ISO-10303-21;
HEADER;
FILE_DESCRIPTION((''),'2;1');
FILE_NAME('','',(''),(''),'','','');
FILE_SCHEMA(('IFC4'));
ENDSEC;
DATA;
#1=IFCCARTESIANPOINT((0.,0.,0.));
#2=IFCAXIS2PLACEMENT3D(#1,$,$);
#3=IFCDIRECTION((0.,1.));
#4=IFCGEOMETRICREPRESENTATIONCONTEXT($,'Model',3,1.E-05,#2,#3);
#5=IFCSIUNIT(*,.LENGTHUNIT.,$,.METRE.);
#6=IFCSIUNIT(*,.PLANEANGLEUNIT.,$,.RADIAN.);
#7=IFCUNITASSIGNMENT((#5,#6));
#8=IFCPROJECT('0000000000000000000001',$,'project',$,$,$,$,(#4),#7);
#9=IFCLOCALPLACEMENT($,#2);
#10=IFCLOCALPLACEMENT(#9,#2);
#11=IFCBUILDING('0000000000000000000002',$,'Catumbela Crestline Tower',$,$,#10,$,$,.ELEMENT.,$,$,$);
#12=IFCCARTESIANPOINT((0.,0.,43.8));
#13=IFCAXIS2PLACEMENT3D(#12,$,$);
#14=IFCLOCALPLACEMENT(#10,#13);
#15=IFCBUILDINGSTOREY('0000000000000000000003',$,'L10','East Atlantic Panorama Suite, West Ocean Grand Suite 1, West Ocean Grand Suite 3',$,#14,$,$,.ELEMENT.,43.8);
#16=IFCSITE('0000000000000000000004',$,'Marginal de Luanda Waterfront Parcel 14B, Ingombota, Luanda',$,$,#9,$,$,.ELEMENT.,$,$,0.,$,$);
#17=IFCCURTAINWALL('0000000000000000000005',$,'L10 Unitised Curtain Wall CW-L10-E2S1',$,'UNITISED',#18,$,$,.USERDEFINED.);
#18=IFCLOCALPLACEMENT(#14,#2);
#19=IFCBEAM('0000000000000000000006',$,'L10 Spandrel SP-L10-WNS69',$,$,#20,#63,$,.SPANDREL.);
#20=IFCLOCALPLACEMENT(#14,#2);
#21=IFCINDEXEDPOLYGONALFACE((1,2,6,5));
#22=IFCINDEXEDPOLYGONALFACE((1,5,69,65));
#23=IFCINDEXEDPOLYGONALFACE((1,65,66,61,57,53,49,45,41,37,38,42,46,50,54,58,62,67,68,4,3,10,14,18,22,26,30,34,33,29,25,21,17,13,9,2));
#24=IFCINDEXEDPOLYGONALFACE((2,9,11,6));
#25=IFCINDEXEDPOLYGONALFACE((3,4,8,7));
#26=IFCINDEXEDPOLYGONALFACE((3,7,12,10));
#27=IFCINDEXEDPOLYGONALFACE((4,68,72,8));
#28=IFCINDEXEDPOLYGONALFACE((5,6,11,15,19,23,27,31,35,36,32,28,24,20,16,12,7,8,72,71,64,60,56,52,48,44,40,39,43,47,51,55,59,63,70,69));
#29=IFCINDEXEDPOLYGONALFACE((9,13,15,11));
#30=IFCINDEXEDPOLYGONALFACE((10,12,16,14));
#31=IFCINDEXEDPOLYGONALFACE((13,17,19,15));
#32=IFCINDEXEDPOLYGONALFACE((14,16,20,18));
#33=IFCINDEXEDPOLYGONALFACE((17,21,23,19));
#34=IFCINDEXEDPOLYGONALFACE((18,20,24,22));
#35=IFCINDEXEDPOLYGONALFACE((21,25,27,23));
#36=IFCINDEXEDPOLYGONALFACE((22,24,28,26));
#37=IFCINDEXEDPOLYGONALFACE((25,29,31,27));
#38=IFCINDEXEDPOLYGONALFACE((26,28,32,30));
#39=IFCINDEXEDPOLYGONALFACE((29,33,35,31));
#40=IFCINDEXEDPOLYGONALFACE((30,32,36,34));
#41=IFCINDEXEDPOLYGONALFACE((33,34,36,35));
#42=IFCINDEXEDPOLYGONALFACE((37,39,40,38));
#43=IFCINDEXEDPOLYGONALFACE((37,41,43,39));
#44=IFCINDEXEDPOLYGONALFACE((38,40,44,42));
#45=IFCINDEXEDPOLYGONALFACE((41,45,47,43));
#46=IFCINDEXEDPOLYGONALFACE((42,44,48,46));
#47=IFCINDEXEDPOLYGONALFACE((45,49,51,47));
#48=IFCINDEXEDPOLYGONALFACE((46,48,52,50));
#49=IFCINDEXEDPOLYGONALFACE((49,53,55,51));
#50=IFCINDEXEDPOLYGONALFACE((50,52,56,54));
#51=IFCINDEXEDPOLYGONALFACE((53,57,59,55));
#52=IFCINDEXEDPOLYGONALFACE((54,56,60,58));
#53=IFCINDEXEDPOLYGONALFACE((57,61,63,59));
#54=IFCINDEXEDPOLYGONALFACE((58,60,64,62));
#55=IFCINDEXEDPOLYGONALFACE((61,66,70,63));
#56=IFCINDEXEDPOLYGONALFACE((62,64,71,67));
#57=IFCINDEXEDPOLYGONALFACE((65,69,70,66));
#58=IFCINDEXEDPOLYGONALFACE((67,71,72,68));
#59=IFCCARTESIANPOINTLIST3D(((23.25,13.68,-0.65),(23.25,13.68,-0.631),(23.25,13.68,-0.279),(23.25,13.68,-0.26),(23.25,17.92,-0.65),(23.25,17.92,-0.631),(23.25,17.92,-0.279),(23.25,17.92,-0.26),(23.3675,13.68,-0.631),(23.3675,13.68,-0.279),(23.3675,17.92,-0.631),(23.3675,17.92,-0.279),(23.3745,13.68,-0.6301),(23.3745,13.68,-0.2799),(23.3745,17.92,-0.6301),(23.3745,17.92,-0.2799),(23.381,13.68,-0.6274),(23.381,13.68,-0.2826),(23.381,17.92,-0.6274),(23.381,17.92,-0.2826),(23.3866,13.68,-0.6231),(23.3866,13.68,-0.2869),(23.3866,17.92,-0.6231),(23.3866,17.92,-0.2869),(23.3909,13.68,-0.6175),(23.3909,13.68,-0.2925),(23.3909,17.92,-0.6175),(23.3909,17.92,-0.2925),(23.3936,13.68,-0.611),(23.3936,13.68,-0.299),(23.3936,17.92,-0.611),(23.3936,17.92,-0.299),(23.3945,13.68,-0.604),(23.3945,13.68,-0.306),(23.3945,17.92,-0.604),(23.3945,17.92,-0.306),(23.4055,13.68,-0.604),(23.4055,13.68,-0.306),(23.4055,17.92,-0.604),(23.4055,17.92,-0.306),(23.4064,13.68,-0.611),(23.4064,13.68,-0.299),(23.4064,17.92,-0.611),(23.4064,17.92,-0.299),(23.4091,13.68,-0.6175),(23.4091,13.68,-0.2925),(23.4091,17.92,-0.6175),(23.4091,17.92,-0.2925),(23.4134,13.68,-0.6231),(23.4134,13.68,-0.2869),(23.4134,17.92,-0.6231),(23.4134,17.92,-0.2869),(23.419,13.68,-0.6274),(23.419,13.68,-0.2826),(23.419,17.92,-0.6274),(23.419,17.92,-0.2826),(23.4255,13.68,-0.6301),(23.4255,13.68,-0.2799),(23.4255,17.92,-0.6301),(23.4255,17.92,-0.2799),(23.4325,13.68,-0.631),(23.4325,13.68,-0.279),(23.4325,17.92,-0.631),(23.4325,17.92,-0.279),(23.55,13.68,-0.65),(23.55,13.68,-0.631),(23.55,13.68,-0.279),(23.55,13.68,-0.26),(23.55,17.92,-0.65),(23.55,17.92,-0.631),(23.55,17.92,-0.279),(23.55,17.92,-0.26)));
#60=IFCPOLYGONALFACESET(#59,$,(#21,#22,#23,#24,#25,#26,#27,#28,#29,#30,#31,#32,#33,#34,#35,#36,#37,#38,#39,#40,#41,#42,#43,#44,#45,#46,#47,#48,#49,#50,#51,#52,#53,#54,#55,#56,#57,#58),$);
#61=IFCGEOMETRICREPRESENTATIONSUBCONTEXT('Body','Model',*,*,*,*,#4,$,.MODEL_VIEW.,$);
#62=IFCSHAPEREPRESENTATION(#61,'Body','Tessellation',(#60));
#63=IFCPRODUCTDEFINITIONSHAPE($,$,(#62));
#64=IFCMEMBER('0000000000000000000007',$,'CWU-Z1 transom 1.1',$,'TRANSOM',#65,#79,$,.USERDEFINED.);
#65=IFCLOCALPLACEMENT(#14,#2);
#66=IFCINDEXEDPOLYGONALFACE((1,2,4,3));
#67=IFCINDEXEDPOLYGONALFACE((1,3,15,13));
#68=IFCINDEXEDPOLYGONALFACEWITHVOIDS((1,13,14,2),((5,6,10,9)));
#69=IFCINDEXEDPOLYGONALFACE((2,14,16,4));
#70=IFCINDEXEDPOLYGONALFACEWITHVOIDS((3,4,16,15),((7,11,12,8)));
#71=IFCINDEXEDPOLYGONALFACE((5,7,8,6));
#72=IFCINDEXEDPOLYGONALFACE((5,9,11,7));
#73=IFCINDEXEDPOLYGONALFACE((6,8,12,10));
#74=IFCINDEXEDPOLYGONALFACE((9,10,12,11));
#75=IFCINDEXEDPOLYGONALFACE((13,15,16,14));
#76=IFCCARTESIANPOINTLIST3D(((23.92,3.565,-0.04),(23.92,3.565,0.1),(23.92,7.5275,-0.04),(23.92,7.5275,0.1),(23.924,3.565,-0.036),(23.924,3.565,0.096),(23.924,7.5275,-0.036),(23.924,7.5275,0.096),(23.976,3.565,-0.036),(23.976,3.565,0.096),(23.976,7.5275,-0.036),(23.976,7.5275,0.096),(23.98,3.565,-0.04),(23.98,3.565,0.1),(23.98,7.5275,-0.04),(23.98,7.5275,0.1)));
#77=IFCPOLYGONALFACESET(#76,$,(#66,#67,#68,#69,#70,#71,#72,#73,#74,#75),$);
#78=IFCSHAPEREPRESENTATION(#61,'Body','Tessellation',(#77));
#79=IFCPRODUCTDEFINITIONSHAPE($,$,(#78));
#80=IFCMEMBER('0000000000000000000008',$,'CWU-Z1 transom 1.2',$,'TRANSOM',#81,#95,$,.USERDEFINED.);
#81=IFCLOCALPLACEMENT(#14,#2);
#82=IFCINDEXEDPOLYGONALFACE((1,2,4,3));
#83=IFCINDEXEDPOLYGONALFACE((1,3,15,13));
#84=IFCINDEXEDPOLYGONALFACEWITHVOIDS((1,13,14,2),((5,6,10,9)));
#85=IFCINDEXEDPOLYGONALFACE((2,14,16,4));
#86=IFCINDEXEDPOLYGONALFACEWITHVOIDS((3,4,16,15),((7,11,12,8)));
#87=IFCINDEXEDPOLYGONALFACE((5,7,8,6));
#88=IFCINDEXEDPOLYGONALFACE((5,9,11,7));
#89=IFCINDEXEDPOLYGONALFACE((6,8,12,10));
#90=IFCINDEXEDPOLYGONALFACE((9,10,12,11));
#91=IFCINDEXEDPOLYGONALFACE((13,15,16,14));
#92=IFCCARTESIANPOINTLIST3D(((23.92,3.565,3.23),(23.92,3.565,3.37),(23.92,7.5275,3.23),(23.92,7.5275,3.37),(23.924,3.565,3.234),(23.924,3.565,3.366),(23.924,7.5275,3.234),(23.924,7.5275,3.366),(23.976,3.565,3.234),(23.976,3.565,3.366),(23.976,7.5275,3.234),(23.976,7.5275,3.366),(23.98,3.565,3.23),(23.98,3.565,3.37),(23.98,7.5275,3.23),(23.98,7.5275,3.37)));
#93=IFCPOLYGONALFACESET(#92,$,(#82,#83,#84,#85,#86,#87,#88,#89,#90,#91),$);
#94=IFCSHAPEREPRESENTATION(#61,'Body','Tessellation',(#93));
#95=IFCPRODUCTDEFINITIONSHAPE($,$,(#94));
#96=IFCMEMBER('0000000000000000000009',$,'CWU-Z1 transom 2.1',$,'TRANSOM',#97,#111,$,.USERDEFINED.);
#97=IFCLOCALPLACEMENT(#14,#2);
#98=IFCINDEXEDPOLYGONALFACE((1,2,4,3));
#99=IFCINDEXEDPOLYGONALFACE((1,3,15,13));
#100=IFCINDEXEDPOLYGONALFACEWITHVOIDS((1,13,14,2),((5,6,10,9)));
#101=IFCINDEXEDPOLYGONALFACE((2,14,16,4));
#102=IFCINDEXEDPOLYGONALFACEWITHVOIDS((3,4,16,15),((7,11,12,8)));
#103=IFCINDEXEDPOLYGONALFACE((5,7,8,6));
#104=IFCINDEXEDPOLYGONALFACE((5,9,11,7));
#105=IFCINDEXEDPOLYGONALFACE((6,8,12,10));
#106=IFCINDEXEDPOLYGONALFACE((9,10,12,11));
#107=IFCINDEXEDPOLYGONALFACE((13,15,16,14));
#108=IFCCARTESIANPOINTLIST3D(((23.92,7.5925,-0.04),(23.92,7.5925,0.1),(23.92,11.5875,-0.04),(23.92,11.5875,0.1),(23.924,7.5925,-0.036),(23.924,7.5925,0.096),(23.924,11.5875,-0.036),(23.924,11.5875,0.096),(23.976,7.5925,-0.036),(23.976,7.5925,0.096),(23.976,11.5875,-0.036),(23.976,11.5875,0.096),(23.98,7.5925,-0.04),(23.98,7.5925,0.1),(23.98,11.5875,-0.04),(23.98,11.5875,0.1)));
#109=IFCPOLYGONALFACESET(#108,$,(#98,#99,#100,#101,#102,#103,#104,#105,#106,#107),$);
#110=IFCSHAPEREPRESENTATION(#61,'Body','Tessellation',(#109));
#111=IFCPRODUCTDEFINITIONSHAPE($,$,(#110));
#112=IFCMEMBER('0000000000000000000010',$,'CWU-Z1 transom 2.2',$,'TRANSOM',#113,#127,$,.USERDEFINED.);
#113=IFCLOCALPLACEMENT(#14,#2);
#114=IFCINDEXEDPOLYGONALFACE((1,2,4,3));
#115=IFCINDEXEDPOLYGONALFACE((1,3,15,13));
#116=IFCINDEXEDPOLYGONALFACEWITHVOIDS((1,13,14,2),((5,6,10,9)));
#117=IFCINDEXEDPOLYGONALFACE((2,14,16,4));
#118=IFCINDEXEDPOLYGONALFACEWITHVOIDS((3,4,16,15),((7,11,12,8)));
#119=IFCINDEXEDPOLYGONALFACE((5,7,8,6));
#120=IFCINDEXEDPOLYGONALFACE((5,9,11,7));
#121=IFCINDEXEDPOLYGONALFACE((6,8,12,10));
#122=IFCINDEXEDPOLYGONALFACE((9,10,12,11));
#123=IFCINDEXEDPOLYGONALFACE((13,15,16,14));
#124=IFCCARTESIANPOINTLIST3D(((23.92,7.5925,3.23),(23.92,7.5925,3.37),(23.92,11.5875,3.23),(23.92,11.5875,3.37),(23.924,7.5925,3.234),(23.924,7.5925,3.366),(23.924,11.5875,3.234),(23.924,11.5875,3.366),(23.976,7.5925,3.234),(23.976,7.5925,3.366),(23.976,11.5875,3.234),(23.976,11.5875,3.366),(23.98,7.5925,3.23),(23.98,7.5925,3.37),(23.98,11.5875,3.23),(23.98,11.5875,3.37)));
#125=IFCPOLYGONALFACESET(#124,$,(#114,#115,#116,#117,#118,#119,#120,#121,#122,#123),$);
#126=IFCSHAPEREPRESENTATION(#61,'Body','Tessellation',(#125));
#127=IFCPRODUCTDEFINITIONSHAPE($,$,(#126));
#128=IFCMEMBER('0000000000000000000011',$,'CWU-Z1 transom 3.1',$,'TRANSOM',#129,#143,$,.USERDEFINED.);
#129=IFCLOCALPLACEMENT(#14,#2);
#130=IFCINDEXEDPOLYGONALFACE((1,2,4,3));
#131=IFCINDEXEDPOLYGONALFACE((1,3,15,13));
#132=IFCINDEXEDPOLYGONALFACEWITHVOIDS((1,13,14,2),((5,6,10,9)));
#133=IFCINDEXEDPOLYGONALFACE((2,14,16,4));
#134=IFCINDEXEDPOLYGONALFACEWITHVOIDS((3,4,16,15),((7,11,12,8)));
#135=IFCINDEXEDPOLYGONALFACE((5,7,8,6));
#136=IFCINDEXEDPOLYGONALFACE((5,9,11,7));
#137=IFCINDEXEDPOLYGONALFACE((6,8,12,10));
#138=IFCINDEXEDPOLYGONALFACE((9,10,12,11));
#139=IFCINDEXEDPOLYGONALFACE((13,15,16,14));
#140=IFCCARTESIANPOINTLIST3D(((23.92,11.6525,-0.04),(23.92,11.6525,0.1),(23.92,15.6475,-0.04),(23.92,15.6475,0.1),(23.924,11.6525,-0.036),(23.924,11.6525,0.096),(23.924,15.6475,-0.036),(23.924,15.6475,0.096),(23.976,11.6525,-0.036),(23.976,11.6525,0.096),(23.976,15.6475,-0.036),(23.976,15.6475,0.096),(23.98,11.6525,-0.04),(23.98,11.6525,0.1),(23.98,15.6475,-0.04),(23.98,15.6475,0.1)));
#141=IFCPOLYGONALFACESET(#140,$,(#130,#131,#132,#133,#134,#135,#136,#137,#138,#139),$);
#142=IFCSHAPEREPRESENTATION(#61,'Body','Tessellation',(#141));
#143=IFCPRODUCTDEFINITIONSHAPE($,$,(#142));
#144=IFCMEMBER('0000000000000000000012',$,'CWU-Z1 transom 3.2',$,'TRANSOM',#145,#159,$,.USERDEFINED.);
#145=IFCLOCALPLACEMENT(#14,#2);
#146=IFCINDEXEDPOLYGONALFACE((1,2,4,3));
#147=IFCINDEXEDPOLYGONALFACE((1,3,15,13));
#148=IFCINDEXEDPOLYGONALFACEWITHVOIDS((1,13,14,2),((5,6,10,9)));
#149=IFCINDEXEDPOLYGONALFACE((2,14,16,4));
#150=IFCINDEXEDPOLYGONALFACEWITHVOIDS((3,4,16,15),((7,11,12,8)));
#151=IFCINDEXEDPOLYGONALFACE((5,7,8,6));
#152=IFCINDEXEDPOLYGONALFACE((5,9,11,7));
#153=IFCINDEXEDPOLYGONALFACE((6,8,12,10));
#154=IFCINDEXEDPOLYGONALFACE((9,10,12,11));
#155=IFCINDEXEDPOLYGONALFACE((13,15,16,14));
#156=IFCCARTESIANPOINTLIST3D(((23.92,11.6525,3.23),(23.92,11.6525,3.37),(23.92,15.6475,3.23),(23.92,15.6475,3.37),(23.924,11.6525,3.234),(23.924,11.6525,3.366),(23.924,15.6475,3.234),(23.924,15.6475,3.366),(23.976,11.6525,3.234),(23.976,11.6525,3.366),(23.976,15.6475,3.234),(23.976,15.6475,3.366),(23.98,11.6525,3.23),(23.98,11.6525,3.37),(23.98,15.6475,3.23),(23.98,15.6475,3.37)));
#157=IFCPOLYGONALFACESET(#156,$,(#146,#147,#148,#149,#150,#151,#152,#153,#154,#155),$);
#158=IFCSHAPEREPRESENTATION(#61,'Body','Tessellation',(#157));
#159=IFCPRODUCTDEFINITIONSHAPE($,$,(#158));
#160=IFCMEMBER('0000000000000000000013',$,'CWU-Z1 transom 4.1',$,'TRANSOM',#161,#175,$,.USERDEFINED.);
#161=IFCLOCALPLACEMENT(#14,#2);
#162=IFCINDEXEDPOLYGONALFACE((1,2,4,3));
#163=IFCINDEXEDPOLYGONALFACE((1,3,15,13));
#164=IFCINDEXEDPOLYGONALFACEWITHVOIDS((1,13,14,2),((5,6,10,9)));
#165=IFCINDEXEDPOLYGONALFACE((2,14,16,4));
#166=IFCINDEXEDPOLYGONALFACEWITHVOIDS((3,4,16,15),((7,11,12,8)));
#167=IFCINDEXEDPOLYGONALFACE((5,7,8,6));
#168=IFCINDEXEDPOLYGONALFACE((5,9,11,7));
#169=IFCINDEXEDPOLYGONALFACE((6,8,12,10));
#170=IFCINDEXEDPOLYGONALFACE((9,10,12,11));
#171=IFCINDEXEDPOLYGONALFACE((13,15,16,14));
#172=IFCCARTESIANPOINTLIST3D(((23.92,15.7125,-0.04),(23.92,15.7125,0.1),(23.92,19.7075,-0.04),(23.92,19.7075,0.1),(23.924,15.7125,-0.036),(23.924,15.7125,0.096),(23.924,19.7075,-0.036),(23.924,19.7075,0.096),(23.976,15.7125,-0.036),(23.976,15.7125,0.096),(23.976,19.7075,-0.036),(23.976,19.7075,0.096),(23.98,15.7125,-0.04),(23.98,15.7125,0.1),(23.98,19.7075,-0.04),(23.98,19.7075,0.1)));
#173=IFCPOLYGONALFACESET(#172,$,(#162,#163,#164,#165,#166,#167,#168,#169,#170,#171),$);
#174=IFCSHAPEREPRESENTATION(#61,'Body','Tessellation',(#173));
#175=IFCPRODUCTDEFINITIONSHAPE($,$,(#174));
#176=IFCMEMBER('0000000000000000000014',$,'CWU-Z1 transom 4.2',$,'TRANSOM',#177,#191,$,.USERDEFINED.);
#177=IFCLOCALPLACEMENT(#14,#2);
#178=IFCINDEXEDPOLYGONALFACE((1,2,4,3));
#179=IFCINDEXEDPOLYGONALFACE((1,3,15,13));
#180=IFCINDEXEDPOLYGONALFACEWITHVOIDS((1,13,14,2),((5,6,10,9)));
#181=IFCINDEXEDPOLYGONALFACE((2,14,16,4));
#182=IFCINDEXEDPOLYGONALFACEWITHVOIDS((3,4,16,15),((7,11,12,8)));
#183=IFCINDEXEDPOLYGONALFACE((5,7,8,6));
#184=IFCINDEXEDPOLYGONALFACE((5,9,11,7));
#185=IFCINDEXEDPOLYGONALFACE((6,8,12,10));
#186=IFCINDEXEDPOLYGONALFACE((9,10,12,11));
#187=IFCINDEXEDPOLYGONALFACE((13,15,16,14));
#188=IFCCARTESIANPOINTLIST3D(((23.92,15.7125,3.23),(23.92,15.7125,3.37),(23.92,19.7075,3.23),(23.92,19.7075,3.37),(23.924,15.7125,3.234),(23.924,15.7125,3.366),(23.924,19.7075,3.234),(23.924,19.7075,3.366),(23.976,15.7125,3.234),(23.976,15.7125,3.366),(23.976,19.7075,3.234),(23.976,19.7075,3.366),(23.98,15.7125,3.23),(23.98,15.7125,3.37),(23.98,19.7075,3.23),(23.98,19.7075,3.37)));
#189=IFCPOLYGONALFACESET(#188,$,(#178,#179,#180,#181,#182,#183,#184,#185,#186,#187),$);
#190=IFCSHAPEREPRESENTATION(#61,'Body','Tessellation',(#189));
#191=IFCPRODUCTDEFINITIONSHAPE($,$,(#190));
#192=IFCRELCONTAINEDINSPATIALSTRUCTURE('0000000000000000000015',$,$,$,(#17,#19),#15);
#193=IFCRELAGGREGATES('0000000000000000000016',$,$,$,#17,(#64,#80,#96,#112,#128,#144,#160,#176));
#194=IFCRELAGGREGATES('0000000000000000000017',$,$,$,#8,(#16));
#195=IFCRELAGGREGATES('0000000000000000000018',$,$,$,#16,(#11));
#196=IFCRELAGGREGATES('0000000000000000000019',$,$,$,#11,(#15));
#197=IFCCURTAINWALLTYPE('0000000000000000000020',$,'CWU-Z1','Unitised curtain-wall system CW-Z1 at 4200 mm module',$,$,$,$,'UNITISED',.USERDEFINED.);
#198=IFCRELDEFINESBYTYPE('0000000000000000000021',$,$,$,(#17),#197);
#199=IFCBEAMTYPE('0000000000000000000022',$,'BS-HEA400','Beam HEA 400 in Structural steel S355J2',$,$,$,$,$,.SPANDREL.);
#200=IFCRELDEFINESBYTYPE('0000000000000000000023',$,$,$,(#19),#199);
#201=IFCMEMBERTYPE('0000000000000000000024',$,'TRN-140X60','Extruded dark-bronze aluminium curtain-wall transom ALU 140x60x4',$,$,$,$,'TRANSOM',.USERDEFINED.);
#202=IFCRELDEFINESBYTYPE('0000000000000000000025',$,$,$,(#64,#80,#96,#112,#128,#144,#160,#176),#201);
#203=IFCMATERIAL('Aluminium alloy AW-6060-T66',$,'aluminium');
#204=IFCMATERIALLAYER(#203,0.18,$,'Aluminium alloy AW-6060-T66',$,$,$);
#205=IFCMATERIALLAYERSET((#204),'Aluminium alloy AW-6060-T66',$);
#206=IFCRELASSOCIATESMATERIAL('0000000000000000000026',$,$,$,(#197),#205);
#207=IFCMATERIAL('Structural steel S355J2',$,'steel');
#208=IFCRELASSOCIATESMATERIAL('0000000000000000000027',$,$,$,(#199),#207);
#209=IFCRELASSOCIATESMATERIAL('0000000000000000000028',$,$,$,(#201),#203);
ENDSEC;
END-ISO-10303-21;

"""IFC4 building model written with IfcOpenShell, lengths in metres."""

from ifc_helpers import new_model, si_unit, direction, frame, origin, origin_2d, place, context, subcontext, project, spatial, hollow_rectangle, i_section, extrude, material, layer, layer_set, material_profile, profile_set, type_object, element, aggregate, save


model = new_model("IFC4")

# Units and contexts
model_context = context("Model", 3, precision=1e-05, world=origin(), true_north=direction((0.0, 1.0)))
body_context = subcontext(model_context, "Body", "Model", "MODEL_VIEW")
ifc_project = project(units=[si_unit("LENGTHUNIT", "METRE"), si_unit("PLANEANGLEUNIT", "RADIAN")], contexts=[model_context])

# Site, building, storey
site_placement = place(None, origin())
site = spatial("IfcSite", under=ifc_project, at=site_placement, Name="Marginal de Luanda Waterfront Parcel 14B, Ingombota, Luanda", CompositionType="ELEMENT", RefElevation=0.0)
building_placement = place(site_placement, origin())
building = spatial("IfcBuilding", under=site, at=building_placement, Name="Catumbela Crestline Tower", CompositionType="ELEMENT")
storey_placement = place(building_placement, frame((0.0, 0.0, 43.8)))
storey = spatial("IfcBuildingStorey", under=building, at=storey_placement, Name="L10", Description="East Atlantic Panorama Suite, West Ocean Grand Suite 1, West Ocean Grand Suite 3", CompositionType="ELEMENT", Elevation=43.8)

# Shared definitions
ifc_material_1 = material(Name="Structural steel S355J2", Category="steel")

# Shared definitions
ifc_material_2 = material(Name="Aluminium alloy AW-6060-T66", Category="aluminium")
ifc_layer_1 = layer(ifc_material_2, 0.18, Name="Aluminium alloy AW-6060-T66")
ifc_layer_set_1 = layer_set([ifc_layer_1], Name="Aluminium alloy AW-6060-T66")
curtain_wall_type = type_object("IfcCurtainWallType", Name="CWU-Z1", Description="Unitised curtain-wall system CW-Z1 at 4200 mm module", ElementType="UNITISED", PredefinedType="USERDEFINED", material=ifc_layer_set_1)

# Curtain wall
curtain_wall_1_placement = place(storey_placement, origin())
curtain_wall_1 = element("IfcCurtainWall", 1, at=curtain_wall_1_placement, inside=storey, type_object=curtain_wall_type, Name="L10 Unitised Curtain Wall CW-L10-E2S1", ObjectType="UNITISED", PredefinedType="USERDEFINED")

# Beam
ifc_material_profile_1 = material_profile(ifc_material_1, i_section(OverallWidth=0.3, OverallDepth=0.39, WebThickness=0.011, FlangeThickness=0.019, FilletRadius=0.027, at=origin_2d()), Name="HEA 400")
ifc_profile_set_1 = profile_set([ifc_material_profile_1], Name="Structural steel S355J2")
beam_type_1 = type_object("IfcBeamType", Name="BS-HEA400", Description="Beam HEA 400 in Structural steel S355J2", PredefinedType="SPANDREL", material=ifc_profile_set_1)
beam_1_placement = place(storey_placement, frame((23.4, 13.68, -0.455), z_axis=(0.0, 1.0, 0.0), x_axis=(-1.0, 0.0, 0.0)))
element("IfcBeam", 2, at=beam_1_placement, inside=storey, type_object=beam_type_1, Name="L10 Spandrel SP-L10-WNS69", PredefinedType="SPANDREL", context=body_context, shape_type="SweptSolid", body=[
    extrude(i_section(OverallWidth=0.3, OverallDepth=0.39, WebThickness=0.011, FlangeThickness=0.019, FilletRadius=0.027, at=origin_2d()), origin(), (0.0, 0.0, 1.0), 4.24),
])

# Members
ifc_material_profile_2 = material_profile(ifc_material_2, hollow_rectangle(XDim=0.06, YDim=0.14, WallThickness=0.004, at=origin_2d()), Name="ALU 140x60x4")
ifc_profile_set_2 = profile_set([ifc_material_profile_2], Name="Aluminium alloy AW-6060-T66")
member_type_1 = type_object("IfcMemberType", Name="TRN-140X60", Description="Extruded dark-bronze aluminium curtain-wall transom ALU 140x60x4", ElementType="TRANSOM", PredefinedType="USERDEFINED", material=ifc_profile_set_2)
member_1_placement = place(storey_placement, frame((23.95, 3.565, 0.03), z_axis=(0.0, 1.0, 0.0), x_axis=(-1.0, 0.0, 0.0)))
member_1 = element("IfcMember", 3, at=member_1_placement, type_object=member_type_1, Name="CWU-Z1 transom 1.1", ObjectType="TRANSOM", PredefinedType="USERDEFINED", context=body_context, shape_type="SweptSolid", body=[
    extrude(hollow_rectangle(XDim=0.06, YDim=0.14, WallThickness=0.004, at=origin_2d()), origin(), (0.0, 0.0, 1.0), 3.9625),
])
member_2_placement = place(storey_placement, frame((23.95, 3.565, 3.3), z_axis=(0.0, 1.0, 0.0), x_axis=(-1.0, 0.0, 0.0)))
member_2 = element("IfcMember", 4, at=member_2_placement, type_object=member_type_1, Name="CWU-Z1 transom 1.2", ObjectType="TRANSOM", PredefinedType="USERDEFINED", context=body_context, shape_type="SweptSolid", body=[
    extrude(hollow_rectangle(XDim=0.06, YDim=0.14, WallThickness=0.004, at=origin_2d()), origin(), (0.0, 0.0, 1.0), 3.9625),
])
member_3_placement = place(storey_placement, frame((23.95, 7.5925, 0.03), z_axis=(0.0, 1.0, 0.0), x_axis=(-1.0, 0.0, 0.0)))
member_3 = element("IfcMember", 5, at=member_3_placement, type_object=member_type_1, Name="CWU-Z1 transom 2.1", ObjectType="TRANSOM", PredefinedType="USERDEFINED", context=body_context, shape_type="SweptSolid", body=[
    extrude(hollow_rectangle(XDim=0.06, YDim=0.14, WallThickness=0.004, at=origin_2d()), origin(), (0.0, 0.0, 1.0), 3.995),
])
member_4_placement = place(storey_placement, frame((23.95, 7.5925, 3.3), z_axis=(0.0, 1.0, 0.0), x_axis=(-1.0, 0.0, 0.0)))
member_4 = element("IfcMember", 6, at=member_4_placement, type_object=member_type_1, Name="CWU-Z1 transom 2.2", ObjectType="TRANSOM", PredefinedType="USERDEFINED", context=body_context, shape_type="SweptSolid", body=[
    extrude(hollow_rectangle(XDim=0.06, YDim=0.14, WallThickness=0.004, at=origin_2d()), origin(), (0.0, 0.0, 1.0), 3.995),
])
member_5_placement = place(storey_placement, frame((23.95, 11.6525, 0.03), z_axis=(0.0, 1.0, 0.0), x_axis=(-1.0, 0.0, 0.0)))
member_5 = element("IfcMember", 7, at=member_5_placement, type_object=member_type_1, Name="CWU-Z1 transom 3.1", ObjectType="TRANSOM", PredefinedType="USERDEFINED", context=body_context, shape_type="SweptSolid", body=[
    extrude(hollow_rectangle(XDim=0.06, YDim=0.14, WallThickness=0.004, at=origin_2d()), origin(), (0.0, 0.0, 1.0), 3.995),
])
member_6_placement = place(storey_placement, frame((23.95, 11.6525, 3.3), z_axis=(0.0, 1.0, 0.0), x_axis=(-1.0, 0.0, 0.0)))
member_6 = element("IfcMember", 8, at=member_6_placement, type_object=member_type_1, Name="CWU-Z1 transom 3.2", ObjectType="TRANSOM", PredefinedType="USERDEFINED", context=body_context, shape_type="SweptSolid", body=[
    extrude(hollow_rectangle(XDim=0.06, YDim=0.14, WallThickness=0.004, at=origin_2d()), origin(), (0.0, 0.0, 1.0), 3.995),
])
member_7_placement = place(storey_placement, frame((23.95, 15.7125, 0.03), z_axis=(0.0, 1.0, 0.0), x_axis=(-1.0, 0.0, 0.0)))
member_7 = element("IfcMember", 9, at=member_7_placement, type_object=member_type_1, Name="CWU-Z1 transom 4.1", ObjectType="TRANSOM", PredefinedType="USERDEFINED", context=body_context, shape_type="SweptSolid", body=[
    extrude(hollow_rectangle(XDim=0.06, YDim=0.14, WallThickness=0.004, at=origin_2d()), origin(), (0.0, 0.0, 1.0), 3.995),
])
member_8_placement = place(storey_placement, frame((23.95, 15.7125, 3.3), z_axis=(0.0, 1.0, 0.0), x_axis=(-1.0, 0.0, 0.0)))
member_8 = element("IfcMember", 10, at=member_8_placement, type_object=member_type_1, Name="CWU-Z1 transom 4.2", ObjectType="TRANSOM", PredefinedType="USERDEFINED", context=body_context, shape_type="SweptSolid", body=[
    extrude(hollow_rectangle(XDim=0.06, YDim=0.14, WallThickness=0.004, at=origin_2d()), origin(), (0.0, 0.0, 1.0), 3.995),
])

aggregate(curtain_wall_1, [member_1, member_2, member_3, member_4, member_5, member_6, member_7, member_8])

save(model, "model.ifc")
